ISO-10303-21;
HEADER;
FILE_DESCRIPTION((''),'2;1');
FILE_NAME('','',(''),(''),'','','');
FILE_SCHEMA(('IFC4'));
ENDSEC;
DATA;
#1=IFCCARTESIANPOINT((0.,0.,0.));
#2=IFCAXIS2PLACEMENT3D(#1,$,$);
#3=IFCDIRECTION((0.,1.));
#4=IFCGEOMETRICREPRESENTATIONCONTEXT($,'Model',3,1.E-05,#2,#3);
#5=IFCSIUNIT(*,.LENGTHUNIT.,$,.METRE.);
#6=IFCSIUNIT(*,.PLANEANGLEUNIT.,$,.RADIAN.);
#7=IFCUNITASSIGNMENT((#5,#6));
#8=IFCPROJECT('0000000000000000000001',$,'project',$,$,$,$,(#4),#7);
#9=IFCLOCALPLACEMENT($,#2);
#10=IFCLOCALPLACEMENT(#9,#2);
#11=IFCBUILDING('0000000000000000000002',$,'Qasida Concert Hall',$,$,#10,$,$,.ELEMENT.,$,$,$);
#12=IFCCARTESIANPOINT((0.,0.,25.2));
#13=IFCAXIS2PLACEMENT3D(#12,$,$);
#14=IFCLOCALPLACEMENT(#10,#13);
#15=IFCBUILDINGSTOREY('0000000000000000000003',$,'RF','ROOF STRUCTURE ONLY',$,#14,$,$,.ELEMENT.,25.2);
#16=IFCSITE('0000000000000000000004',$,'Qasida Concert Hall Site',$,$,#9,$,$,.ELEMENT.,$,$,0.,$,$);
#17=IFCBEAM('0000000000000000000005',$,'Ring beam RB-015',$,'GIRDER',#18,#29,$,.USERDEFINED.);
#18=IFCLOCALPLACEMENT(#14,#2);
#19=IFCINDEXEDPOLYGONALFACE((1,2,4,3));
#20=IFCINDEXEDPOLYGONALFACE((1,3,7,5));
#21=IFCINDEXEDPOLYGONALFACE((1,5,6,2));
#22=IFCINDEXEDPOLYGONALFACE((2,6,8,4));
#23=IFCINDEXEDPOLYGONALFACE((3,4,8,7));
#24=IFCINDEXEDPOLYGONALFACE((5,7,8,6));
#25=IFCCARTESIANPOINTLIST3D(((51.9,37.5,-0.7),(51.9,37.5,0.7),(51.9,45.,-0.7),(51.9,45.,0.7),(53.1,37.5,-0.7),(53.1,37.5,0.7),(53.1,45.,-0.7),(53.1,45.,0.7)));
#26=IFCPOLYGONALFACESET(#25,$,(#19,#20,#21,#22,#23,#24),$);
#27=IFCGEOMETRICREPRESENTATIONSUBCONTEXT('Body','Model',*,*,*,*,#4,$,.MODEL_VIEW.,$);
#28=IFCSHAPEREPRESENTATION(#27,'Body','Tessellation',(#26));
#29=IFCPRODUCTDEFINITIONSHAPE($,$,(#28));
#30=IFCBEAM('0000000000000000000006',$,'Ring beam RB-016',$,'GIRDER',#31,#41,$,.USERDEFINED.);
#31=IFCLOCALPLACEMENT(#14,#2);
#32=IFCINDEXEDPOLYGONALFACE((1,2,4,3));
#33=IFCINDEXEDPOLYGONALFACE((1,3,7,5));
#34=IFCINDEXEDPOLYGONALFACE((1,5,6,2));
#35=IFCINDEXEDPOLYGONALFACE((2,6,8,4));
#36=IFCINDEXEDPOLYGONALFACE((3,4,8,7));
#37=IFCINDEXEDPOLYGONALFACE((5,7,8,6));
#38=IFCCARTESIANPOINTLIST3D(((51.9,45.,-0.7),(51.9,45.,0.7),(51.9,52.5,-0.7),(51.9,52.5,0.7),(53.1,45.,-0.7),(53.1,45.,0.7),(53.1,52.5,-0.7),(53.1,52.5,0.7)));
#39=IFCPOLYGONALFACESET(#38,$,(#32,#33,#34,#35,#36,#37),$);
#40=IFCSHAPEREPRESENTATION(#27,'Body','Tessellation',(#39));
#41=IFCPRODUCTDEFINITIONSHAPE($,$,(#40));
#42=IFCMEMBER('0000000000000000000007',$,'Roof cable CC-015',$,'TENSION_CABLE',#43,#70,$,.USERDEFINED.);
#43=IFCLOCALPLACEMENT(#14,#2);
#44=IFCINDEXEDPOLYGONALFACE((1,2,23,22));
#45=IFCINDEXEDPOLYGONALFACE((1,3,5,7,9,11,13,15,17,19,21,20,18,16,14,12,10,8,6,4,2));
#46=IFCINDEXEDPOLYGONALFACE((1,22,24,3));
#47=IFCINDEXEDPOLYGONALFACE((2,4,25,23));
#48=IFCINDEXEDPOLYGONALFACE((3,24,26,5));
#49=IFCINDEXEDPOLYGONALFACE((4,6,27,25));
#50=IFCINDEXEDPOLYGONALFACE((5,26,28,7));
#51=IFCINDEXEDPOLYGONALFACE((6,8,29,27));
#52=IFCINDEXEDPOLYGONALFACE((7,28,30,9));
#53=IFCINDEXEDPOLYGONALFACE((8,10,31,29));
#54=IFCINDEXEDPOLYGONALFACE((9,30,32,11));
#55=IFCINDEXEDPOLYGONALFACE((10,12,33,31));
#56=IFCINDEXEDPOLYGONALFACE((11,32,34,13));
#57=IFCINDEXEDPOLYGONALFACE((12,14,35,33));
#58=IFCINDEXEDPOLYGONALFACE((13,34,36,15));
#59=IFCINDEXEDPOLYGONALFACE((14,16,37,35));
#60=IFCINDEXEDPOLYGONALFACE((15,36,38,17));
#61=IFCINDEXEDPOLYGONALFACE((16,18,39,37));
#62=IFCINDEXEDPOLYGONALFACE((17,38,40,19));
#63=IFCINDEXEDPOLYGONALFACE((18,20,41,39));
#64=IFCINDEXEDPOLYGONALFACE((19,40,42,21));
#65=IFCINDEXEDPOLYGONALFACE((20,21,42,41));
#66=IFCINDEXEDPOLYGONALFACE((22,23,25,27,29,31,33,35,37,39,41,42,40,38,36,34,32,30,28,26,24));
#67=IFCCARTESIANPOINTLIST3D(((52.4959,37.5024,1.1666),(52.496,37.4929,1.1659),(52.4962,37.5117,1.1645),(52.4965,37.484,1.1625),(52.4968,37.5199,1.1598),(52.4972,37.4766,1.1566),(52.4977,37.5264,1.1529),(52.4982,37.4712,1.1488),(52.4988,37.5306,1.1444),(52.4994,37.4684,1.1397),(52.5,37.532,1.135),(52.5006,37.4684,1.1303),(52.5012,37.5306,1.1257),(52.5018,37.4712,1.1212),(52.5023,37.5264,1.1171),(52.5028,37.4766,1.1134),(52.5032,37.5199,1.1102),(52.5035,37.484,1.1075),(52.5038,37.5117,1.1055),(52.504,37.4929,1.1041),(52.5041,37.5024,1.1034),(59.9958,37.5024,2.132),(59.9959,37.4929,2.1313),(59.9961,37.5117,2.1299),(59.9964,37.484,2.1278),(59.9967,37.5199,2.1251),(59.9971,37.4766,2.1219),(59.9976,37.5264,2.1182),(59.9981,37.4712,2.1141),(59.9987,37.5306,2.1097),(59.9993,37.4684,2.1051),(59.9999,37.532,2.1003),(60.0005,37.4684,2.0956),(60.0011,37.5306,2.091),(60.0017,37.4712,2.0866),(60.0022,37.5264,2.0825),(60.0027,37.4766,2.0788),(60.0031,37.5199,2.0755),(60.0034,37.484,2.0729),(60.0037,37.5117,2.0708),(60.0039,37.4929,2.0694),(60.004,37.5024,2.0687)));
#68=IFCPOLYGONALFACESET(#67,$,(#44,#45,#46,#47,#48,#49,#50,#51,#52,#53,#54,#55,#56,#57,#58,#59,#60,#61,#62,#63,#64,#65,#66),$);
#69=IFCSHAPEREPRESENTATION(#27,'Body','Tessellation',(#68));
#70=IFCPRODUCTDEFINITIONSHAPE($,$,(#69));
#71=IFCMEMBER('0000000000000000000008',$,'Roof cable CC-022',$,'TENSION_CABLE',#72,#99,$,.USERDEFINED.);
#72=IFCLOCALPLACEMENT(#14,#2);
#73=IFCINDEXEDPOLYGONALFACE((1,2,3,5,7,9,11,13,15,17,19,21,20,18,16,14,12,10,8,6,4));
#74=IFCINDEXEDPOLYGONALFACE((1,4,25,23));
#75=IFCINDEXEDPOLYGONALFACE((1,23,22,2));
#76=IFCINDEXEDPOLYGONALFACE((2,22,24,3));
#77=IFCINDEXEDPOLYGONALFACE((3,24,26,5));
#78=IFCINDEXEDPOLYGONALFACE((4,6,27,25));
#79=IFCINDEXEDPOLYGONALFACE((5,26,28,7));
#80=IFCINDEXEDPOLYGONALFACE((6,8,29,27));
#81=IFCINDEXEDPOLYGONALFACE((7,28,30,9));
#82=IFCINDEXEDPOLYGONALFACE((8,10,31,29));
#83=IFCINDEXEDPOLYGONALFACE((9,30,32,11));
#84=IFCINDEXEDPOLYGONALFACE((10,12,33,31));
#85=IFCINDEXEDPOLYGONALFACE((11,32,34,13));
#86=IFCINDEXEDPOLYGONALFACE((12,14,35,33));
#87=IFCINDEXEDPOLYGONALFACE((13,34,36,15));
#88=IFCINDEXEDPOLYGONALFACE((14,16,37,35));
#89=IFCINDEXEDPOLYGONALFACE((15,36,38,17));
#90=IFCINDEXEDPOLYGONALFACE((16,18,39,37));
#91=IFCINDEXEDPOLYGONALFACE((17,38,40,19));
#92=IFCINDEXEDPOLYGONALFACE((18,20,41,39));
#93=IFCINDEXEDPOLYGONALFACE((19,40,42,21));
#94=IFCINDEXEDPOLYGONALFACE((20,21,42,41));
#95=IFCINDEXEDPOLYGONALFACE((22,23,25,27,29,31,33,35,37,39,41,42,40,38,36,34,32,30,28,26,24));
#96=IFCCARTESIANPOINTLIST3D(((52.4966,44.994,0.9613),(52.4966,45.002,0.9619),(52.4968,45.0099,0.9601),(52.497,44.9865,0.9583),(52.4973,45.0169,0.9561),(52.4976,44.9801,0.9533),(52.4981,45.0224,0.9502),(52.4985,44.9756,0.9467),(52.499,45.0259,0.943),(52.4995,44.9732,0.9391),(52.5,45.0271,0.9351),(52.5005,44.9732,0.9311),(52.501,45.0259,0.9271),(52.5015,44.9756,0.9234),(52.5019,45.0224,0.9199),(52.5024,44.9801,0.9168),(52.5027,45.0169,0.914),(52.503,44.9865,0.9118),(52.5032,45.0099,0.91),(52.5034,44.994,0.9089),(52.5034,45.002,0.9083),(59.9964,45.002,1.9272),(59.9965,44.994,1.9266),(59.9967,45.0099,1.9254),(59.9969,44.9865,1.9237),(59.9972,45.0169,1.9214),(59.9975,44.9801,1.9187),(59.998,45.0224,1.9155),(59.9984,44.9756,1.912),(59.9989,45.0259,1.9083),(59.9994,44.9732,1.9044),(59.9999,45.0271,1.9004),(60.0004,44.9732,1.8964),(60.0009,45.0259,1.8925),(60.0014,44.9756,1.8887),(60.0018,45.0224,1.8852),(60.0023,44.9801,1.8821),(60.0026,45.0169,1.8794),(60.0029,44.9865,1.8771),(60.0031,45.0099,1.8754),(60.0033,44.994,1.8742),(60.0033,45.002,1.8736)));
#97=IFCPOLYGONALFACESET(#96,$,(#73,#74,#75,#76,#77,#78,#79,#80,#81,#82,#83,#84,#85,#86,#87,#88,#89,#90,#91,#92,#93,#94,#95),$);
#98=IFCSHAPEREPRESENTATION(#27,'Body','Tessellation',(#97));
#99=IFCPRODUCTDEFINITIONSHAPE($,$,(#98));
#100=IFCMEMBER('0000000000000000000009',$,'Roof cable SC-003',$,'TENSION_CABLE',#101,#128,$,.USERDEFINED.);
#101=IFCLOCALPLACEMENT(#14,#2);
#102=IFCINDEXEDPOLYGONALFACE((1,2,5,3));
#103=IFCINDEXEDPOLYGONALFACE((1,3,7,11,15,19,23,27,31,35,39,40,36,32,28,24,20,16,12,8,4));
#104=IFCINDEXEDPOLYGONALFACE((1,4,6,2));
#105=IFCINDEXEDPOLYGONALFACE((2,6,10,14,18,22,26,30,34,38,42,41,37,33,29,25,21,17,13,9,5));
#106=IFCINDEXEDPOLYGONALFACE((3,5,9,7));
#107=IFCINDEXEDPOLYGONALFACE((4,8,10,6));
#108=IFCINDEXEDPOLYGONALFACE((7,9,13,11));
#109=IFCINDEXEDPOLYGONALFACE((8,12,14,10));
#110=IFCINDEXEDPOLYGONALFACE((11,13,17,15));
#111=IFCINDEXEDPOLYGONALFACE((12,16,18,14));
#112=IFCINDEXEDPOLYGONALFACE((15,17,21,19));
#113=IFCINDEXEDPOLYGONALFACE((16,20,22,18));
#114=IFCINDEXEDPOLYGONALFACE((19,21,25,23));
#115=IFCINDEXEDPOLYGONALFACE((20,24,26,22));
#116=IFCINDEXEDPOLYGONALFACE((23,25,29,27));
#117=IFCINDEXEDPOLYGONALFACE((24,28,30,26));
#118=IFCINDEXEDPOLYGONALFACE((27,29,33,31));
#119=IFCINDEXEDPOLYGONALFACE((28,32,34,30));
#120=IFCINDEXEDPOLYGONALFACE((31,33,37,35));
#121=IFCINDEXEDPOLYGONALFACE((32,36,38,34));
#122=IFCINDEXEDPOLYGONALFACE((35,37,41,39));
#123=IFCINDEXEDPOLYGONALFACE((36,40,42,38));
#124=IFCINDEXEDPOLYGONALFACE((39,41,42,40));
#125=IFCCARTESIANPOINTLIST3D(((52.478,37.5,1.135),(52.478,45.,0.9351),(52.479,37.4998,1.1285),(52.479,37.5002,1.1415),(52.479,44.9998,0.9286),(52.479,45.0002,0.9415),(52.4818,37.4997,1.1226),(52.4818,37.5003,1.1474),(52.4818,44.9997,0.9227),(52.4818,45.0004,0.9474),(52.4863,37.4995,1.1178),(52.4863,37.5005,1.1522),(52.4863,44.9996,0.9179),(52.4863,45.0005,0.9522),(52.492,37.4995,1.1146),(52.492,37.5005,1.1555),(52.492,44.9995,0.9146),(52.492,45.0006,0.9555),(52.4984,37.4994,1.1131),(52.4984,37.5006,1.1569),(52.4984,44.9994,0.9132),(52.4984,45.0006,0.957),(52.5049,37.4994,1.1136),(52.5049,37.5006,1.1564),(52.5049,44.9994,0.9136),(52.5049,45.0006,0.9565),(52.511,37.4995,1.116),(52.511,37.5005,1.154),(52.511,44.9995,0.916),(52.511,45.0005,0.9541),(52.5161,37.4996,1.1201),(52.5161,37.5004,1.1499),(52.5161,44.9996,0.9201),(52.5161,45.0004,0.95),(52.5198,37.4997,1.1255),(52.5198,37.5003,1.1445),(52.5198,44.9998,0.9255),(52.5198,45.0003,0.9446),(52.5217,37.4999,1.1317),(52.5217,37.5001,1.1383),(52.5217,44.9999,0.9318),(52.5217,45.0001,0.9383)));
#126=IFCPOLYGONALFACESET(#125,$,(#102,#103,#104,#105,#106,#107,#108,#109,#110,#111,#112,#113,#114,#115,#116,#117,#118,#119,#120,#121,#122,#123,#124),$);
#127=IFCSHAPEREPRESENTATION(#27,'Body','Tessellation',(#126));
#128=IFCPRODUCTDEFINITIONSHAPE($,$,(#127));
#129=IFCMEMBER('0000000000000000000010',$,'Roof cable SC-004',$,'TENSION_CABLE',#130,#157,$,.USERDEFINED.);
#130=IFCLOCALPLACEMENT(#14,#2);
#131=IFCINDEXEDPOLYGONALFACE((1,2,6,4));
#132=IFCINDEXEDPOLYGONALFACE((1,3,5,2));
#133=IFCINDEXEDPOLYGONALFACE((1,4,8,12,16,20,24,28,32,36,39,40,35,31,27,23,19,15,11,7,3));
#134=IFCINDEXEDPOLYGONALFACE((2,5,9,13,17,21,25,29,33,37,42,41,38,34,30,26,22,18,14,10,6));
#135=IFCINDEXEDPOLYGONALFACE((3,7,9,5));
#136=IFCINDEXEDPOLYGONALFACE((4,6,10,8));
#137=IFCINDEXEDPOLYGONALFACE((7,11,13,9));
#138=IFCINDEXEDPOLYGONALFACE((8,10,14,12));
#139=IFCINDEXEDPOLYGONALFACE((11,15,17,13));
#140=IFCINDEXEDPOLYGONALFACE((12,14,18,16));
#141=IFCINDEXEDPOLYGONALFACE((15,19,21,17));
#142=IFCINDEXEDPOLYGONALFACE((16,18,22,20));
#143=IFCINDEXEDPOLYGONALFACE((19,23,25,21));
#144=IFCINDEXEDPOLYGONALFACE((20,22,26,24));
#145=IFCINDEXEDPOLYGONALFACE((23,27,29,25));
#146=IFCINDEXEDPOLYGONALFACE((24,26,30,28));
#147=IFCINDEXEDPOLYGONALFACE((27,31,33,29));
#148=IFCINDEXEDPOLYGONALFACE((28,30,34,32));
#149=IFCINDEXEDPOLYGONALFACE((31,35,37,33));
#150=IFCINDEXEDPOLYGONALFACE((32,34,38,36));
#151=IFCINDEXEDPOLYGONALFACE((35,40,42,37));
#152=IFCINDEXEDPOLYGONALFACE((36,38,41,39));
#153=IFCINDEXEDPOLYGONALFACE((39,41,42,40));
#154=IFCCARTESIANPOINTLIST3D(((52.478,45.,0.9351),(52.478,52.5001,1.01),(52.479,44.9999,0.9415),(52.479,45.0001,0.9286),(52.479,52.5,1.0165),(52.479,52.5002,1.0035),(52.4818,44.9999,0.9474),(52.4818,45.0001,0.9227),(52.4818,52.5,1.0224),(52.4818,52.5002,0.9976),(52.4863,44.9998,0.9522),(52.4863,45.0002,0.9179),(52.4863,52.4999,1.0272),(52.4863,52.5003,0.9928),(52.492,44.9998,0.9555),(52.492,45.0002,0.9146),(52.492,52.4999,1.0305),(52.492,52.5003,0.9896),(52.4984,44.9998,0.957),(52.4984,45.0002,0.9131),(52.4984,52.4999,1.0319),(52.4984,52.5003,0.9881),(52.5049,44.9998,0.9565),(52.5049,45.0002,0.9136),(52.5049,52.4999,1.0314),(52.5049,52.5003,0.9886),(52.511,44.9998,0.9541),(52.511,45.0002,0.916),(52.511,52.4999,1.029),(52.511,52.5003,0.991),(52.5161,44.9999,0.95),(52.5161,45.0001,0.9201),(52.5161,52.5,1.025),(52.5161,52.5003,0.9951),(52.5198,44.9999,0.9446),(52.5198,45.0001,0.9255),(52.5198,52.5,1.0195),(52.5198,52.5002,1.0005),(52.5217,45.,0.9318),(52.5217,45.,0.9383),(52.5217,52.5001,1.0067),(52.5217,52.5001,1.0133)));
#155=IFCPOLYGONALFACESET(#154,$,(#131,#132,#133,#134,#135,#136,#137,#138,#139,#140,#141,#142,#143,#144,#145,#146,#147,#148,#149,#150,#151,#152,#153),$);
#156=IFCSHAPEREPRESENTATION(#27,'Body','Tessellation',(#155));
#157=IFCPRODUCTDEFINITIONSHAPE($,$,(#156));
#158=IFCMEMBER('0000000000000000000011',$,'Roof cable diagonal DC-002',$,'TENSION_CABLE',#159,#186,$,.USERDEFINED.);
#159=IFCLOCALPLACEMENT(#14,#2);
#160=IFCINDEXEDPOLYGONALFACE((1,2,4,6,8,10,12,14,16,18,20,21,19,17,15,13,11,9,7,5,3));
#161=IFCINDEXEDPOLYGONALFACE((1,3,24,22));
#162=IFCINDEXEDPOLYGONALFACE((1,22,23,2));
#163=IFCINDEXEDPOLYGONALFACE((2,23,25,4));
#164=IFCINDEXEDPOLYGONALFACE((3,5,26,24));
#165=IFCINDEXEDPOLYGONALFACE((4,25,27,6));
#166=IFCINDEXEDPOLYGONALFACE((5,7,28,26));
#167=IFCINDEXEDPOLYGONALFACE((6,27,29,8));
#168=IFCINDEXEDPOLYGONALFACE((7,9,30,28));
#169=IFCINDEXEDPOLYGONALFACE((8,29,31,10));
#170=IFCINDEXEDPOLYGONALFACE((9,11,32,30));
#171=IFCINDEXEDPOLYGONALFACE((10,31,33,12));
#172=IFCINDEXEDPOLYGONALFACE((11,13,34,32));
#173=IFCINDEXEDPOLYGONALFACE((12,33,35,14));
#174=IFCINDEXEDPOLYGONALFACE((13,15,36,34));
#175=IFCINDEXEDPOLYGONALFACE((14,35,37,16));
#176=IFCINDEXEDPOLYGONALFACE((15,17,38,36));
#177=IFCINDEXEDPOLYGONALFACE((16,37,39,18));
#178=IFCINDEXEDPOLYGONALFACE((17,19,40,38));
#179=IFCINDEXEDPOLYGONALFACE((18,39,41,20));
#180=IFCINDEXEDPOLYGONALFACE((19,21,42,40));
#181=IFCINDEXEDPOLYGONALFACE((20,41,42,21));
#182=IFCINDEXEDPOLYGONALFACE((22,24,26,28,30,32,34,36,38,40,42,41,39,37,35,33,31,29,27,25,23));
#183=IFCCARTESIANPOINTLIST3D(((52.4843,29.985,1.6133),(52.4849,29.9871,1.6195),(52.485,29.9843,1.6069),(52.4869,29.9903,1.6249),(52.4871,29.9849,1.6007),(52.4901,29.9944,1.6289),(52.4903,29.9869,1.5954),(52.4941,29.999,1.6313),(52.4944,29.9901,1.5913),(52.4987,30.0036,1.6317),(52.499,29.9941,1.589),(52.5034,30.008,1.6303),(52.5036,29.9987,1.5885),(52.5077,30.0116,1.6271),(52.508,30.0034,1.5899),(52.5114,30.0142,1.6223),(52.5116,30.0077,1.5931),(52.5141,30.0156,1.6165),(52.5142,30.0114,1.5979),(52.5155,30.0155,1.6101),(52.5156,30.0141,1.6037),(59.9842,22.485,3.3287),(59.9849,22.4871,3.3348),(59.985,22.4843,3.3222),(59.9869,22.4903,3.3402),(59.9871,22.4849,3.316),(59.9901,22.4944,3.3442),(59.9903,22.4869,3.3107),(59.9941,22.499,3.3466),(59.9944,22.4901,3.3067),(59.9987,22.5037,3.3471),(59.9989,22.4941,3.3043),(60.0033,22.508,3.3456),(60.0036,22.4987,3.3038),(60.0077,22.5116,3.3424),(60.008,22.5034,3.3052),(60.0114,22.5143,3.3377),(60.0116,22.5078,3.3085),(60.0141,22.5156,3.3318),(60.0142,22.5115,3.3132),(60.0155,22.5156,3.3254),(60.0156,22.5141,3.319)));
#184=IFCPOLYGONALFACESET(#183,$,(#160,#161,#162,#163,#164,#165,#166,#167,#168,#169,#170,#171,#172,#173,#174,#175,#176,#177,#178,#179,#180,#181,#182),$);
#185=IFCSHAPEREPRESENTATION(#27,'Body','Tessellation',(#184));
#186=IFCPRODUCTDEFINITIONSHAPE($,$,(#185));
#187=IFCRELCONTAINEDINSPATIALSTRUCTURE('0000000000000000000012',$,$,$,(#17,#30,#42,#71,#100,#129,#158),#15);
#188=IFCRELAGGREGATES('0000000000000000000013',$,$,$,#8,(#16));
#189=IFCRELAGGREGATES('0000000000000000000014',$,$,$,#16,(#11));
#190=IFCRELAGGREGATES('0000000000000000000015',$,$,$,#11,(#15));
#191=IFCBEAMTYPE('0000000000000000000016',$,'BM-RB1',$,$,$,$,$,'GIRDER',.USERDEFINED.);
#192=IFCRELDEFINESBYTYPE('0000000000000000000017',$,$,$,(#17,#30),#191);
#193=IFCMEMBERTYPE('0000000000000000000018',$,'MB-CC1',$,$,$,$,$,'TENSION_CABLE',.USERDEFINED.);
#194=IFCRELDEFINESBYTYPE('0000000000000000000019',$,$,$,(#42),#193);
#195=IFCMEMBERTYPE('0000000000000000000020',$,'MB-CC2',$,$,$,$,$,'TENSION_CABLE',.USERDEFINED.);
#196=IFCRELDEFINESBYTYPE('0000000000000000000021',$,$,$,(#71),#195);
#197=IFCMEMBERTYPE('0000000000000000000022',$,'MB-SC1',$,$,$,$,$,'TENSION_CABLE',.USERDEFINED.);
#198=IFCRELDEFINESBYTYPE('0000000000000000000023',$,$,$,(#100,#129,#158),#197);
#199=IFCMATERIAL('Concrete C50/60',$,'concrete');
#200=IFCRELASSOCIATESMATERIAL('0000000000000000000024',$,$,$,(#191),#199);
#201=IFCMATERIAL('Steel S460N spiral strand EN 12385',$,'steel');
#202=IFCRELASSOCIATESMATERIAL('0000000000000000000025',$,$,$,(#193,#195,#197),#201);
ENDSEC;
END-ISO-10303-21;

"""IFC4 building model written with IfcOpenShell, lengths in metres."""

from ifc_helpers import new_model, si_unit, direction, frame, origin, origin_2d, place, context, subcontext, project, spatial, rectangle, circle, extrude, material, material_profile, profile_set, type_object, element, save


model = new_model("IFC4")

# Units and contexts
model_context = context("Model", 3, precision=1e-05, world=origin(), true_north=direction((0.0, 1.0)))
body_context = subcontext(model_context, "Body", "Model", "MODEL_VIEW")
ifc_project = project(units=[si_unit("LENGTHUNIT", "METRE"), si_unit("PLANEANGLEUNIT", "RADIAN")], contexts=[model_context])

# Site, building, storey
site_placement = place(None, origin())
site = spatial("IfcSite", under=ifc_project, at=site_placement, Name="Qasida Concert Hall Site", CompositionType="ELEMENT", RefElevation=0.0)
building_placement = place(site_placement, origin())
building = spatial("IfcBuilding", under=site, at=building_placement, Name="Qasida Concert Hall", CompositionType="ELEMENT")
storey_placement = place(building_placement, frame((0.0, 0.0, 25.2)))
storey = spatial("IfcBuildingStorey", under=building, at=storey_placement, Name="RF", Description="ROOF STRUCTURE ONLY", CompositionType="ELEMENT", Elevation=25.2)

# Beams
ifc_material_1 = material(Name="Concrete C50/60", Category="concrete")
ifc_material_profile_1 = material_profile(ifc_material_1, rectangle(XDim=1.2, YDim=1.3999, at=origin_2d()), Name="RC 1200x1400")
ifc_profile_set_1 = profile_set([ifc_material_profile_1], Name="Concrete C50/60")
beam_type = type_object("IfcBeamType", Name="BM-RB1", ElementType="GIRDER", PredefinedType="USERDEFINED", material=ifc_profile_set_1)
for number, where, z_axis, x_axis, name in (
    (1, (52.5, 37.5, 0.0), (0.0, 1.0, 0.0), (-1.0, 0.0, 0.0), "Ring beam RB-015"),
    (2, (52.5, 45.0, 0.0), (0.0, 1.0, 0.0), (-1.0, 0.0, 0.0), "Ring beam RB-016"),
):
    element("IfcBeam", number, at=place(storey_placement, frame(where, z_axis=z_axis, x_axis=x_axis)), inside=storey, type_object=beam_type, Name=name, ObjectType="GIRDER", PredefinedType="USERDEFINED", context=body_context, shape_type="SweptSolid", body=[
        extrude(rectangle(XDim=1.2, YDim=1.3999, at=origin_2d()), origin(), (0.0, 0.0, 1.0), 7.5),
    ])

# Members
ifc_material_2 = material(Name="Steel S460N spiral strand EN 12385", Category="steel")
ifc_material_profile_2 = material_profile(ifc_material_2, circle(Radius=0.032, at=origin_2d()), Name="STRAND D64")
ifc_profile_set_2 = profile_set([ifc_material_profile_2], Name="Steel S460N spiral strand EN 12385")
member_type_1 = type_object("IfcMemberType", Name="MB-CC1", ElementType="TENSION_CABLE", PredefinedType="USERDEFINED", material=ifc_profile_set_2)
member_1_placement = place(storey_placement, frame((52.5, 37.5, 1.135), z_axis=(0.991818, 0.0, 0.127658), x_axis=(0.0, 1.0, 0.0)))
element("IfcMember", 3, at=member_1_placement, inside=storey, type_object=member_type_1, Name="Roof cable CC-015", ObjectType="TENSION_CABLE", PredefinedType="USERDEFINED", context=body_context, shape_type="SweptSolid", body=[
    extrude(circle(Radius=0.032, at=origin_2d()), origin(), (0.0, 0.0, 1.0), 7.5618),
])
ifc_material_profile_3 = material_profile(ifc_material_2, circle(Radius=0.0271, at=origin_2d()), Name="STRAND D54")
ifc_profile_set_3 = profile_set([ifc_material_profile_3], Name="Steel S460N spiral strand EN 12385")
member_type_2 = type_object("IfcMemberType", Name="MB-CC2", ElementType="TENSION_CABLE", PredefinedType="USERDEFINED", material=ifc_profile_set_3)
member_2_placement = place(storey_placement, frame((52.5, 45.0, 0.9351), z_axis=(0.991818, 0.0, 0.127658), x_axis=(0.0, 1.0, 0.0)))
element("IfcMember", 4, at=member_2_placement, inside=storey, type_object=member_type_2, Name="Roof cable CC-022", ObjectType="TENSION_CABLE", PredefinedType="USERDEFINED", context=body_context, shape_type="SweptSolid", body=[
    extrude(circle(Radius=0.0271, at=origin_2d()), origin(), (0.0, 0.0, 1.0), 7.5618),
])
ifc_material_profile_4 = material_profile(ifc_material_2, circle(Radius=0.022, at=origin_2d()), Name="STRAND D44")
ifc_profile_set_4 = profile_set([ifc_material_profile_4], Name="Steel S460N spiral strand EN 12385")
member_type_3 = type_object("IfcMemberType", Name="MB-SC1", ElementType="TENSION_CABLE", PredefinedType="USERDEFINED", material=ifc_profile_set_4)
member_3_placement = place(storey_placement, frame((52.5, 37.5, 1.135), z_axis=(0.0, 0.999645, -0.026651), x_axis=(-1.0, 0.0, 0.0)))
element("IfcMember", 5, at=member_3_placement, inside=storey, type_object=member_type_3, Name="Roof cable SC-003", ObjectType="TENSION_CABLE", PredefinedType="USERDEFINED", context=body_context, shape_type="SweptSolid", body=[
    extrude(circle(Radius=0.022, at=origin_2d()), origin(), (0.0, 0.0, 1.0), 7.5027),
])
member_4_placement = place(storey_placement, frame((52.5, 45.0, 0.9351), z_axis=(0.0, 0.99995, 0.009993), x_axis=(-1.0, 0.0, 0.0)))
element("IfcMember", 6, at=member_4_placement, inside=storey, type_object=member_type_3, Name="Roof cable SC-004", ObjectType="TENSION_CABLE", PredefinedType="USERDEFINED", context=body_context, shape_type="SweptSolid", body=[
    extrude(circle(Radius=0.022, at=origin_2d()), origin(), (0.0, 0.0, 1.0), 7.5005),
])
member_5_placement = place(storey_placement, frame((52.5, 30.0, 1.6101), z_axis=(0.698037, -0.698037, 0.159649), x_axis=(0.707107, 0.707107, 0.0)))
element("IfcMember", 7, at=member_5_placement, inside=storey, type_object=member_type_3, Name="Roof cable diagonal DC-002", ObjectType="TENSION_CABLE", PredefinedType="USERDEFINED", context=body_context, shape_type="SweptSolid", body=[
    extrude(circle(Radius=0.022, at=origin_2d()), origin(), (0.0, 0.0, 1.0), 10.7444),
])

save(model, "model.ifc")
